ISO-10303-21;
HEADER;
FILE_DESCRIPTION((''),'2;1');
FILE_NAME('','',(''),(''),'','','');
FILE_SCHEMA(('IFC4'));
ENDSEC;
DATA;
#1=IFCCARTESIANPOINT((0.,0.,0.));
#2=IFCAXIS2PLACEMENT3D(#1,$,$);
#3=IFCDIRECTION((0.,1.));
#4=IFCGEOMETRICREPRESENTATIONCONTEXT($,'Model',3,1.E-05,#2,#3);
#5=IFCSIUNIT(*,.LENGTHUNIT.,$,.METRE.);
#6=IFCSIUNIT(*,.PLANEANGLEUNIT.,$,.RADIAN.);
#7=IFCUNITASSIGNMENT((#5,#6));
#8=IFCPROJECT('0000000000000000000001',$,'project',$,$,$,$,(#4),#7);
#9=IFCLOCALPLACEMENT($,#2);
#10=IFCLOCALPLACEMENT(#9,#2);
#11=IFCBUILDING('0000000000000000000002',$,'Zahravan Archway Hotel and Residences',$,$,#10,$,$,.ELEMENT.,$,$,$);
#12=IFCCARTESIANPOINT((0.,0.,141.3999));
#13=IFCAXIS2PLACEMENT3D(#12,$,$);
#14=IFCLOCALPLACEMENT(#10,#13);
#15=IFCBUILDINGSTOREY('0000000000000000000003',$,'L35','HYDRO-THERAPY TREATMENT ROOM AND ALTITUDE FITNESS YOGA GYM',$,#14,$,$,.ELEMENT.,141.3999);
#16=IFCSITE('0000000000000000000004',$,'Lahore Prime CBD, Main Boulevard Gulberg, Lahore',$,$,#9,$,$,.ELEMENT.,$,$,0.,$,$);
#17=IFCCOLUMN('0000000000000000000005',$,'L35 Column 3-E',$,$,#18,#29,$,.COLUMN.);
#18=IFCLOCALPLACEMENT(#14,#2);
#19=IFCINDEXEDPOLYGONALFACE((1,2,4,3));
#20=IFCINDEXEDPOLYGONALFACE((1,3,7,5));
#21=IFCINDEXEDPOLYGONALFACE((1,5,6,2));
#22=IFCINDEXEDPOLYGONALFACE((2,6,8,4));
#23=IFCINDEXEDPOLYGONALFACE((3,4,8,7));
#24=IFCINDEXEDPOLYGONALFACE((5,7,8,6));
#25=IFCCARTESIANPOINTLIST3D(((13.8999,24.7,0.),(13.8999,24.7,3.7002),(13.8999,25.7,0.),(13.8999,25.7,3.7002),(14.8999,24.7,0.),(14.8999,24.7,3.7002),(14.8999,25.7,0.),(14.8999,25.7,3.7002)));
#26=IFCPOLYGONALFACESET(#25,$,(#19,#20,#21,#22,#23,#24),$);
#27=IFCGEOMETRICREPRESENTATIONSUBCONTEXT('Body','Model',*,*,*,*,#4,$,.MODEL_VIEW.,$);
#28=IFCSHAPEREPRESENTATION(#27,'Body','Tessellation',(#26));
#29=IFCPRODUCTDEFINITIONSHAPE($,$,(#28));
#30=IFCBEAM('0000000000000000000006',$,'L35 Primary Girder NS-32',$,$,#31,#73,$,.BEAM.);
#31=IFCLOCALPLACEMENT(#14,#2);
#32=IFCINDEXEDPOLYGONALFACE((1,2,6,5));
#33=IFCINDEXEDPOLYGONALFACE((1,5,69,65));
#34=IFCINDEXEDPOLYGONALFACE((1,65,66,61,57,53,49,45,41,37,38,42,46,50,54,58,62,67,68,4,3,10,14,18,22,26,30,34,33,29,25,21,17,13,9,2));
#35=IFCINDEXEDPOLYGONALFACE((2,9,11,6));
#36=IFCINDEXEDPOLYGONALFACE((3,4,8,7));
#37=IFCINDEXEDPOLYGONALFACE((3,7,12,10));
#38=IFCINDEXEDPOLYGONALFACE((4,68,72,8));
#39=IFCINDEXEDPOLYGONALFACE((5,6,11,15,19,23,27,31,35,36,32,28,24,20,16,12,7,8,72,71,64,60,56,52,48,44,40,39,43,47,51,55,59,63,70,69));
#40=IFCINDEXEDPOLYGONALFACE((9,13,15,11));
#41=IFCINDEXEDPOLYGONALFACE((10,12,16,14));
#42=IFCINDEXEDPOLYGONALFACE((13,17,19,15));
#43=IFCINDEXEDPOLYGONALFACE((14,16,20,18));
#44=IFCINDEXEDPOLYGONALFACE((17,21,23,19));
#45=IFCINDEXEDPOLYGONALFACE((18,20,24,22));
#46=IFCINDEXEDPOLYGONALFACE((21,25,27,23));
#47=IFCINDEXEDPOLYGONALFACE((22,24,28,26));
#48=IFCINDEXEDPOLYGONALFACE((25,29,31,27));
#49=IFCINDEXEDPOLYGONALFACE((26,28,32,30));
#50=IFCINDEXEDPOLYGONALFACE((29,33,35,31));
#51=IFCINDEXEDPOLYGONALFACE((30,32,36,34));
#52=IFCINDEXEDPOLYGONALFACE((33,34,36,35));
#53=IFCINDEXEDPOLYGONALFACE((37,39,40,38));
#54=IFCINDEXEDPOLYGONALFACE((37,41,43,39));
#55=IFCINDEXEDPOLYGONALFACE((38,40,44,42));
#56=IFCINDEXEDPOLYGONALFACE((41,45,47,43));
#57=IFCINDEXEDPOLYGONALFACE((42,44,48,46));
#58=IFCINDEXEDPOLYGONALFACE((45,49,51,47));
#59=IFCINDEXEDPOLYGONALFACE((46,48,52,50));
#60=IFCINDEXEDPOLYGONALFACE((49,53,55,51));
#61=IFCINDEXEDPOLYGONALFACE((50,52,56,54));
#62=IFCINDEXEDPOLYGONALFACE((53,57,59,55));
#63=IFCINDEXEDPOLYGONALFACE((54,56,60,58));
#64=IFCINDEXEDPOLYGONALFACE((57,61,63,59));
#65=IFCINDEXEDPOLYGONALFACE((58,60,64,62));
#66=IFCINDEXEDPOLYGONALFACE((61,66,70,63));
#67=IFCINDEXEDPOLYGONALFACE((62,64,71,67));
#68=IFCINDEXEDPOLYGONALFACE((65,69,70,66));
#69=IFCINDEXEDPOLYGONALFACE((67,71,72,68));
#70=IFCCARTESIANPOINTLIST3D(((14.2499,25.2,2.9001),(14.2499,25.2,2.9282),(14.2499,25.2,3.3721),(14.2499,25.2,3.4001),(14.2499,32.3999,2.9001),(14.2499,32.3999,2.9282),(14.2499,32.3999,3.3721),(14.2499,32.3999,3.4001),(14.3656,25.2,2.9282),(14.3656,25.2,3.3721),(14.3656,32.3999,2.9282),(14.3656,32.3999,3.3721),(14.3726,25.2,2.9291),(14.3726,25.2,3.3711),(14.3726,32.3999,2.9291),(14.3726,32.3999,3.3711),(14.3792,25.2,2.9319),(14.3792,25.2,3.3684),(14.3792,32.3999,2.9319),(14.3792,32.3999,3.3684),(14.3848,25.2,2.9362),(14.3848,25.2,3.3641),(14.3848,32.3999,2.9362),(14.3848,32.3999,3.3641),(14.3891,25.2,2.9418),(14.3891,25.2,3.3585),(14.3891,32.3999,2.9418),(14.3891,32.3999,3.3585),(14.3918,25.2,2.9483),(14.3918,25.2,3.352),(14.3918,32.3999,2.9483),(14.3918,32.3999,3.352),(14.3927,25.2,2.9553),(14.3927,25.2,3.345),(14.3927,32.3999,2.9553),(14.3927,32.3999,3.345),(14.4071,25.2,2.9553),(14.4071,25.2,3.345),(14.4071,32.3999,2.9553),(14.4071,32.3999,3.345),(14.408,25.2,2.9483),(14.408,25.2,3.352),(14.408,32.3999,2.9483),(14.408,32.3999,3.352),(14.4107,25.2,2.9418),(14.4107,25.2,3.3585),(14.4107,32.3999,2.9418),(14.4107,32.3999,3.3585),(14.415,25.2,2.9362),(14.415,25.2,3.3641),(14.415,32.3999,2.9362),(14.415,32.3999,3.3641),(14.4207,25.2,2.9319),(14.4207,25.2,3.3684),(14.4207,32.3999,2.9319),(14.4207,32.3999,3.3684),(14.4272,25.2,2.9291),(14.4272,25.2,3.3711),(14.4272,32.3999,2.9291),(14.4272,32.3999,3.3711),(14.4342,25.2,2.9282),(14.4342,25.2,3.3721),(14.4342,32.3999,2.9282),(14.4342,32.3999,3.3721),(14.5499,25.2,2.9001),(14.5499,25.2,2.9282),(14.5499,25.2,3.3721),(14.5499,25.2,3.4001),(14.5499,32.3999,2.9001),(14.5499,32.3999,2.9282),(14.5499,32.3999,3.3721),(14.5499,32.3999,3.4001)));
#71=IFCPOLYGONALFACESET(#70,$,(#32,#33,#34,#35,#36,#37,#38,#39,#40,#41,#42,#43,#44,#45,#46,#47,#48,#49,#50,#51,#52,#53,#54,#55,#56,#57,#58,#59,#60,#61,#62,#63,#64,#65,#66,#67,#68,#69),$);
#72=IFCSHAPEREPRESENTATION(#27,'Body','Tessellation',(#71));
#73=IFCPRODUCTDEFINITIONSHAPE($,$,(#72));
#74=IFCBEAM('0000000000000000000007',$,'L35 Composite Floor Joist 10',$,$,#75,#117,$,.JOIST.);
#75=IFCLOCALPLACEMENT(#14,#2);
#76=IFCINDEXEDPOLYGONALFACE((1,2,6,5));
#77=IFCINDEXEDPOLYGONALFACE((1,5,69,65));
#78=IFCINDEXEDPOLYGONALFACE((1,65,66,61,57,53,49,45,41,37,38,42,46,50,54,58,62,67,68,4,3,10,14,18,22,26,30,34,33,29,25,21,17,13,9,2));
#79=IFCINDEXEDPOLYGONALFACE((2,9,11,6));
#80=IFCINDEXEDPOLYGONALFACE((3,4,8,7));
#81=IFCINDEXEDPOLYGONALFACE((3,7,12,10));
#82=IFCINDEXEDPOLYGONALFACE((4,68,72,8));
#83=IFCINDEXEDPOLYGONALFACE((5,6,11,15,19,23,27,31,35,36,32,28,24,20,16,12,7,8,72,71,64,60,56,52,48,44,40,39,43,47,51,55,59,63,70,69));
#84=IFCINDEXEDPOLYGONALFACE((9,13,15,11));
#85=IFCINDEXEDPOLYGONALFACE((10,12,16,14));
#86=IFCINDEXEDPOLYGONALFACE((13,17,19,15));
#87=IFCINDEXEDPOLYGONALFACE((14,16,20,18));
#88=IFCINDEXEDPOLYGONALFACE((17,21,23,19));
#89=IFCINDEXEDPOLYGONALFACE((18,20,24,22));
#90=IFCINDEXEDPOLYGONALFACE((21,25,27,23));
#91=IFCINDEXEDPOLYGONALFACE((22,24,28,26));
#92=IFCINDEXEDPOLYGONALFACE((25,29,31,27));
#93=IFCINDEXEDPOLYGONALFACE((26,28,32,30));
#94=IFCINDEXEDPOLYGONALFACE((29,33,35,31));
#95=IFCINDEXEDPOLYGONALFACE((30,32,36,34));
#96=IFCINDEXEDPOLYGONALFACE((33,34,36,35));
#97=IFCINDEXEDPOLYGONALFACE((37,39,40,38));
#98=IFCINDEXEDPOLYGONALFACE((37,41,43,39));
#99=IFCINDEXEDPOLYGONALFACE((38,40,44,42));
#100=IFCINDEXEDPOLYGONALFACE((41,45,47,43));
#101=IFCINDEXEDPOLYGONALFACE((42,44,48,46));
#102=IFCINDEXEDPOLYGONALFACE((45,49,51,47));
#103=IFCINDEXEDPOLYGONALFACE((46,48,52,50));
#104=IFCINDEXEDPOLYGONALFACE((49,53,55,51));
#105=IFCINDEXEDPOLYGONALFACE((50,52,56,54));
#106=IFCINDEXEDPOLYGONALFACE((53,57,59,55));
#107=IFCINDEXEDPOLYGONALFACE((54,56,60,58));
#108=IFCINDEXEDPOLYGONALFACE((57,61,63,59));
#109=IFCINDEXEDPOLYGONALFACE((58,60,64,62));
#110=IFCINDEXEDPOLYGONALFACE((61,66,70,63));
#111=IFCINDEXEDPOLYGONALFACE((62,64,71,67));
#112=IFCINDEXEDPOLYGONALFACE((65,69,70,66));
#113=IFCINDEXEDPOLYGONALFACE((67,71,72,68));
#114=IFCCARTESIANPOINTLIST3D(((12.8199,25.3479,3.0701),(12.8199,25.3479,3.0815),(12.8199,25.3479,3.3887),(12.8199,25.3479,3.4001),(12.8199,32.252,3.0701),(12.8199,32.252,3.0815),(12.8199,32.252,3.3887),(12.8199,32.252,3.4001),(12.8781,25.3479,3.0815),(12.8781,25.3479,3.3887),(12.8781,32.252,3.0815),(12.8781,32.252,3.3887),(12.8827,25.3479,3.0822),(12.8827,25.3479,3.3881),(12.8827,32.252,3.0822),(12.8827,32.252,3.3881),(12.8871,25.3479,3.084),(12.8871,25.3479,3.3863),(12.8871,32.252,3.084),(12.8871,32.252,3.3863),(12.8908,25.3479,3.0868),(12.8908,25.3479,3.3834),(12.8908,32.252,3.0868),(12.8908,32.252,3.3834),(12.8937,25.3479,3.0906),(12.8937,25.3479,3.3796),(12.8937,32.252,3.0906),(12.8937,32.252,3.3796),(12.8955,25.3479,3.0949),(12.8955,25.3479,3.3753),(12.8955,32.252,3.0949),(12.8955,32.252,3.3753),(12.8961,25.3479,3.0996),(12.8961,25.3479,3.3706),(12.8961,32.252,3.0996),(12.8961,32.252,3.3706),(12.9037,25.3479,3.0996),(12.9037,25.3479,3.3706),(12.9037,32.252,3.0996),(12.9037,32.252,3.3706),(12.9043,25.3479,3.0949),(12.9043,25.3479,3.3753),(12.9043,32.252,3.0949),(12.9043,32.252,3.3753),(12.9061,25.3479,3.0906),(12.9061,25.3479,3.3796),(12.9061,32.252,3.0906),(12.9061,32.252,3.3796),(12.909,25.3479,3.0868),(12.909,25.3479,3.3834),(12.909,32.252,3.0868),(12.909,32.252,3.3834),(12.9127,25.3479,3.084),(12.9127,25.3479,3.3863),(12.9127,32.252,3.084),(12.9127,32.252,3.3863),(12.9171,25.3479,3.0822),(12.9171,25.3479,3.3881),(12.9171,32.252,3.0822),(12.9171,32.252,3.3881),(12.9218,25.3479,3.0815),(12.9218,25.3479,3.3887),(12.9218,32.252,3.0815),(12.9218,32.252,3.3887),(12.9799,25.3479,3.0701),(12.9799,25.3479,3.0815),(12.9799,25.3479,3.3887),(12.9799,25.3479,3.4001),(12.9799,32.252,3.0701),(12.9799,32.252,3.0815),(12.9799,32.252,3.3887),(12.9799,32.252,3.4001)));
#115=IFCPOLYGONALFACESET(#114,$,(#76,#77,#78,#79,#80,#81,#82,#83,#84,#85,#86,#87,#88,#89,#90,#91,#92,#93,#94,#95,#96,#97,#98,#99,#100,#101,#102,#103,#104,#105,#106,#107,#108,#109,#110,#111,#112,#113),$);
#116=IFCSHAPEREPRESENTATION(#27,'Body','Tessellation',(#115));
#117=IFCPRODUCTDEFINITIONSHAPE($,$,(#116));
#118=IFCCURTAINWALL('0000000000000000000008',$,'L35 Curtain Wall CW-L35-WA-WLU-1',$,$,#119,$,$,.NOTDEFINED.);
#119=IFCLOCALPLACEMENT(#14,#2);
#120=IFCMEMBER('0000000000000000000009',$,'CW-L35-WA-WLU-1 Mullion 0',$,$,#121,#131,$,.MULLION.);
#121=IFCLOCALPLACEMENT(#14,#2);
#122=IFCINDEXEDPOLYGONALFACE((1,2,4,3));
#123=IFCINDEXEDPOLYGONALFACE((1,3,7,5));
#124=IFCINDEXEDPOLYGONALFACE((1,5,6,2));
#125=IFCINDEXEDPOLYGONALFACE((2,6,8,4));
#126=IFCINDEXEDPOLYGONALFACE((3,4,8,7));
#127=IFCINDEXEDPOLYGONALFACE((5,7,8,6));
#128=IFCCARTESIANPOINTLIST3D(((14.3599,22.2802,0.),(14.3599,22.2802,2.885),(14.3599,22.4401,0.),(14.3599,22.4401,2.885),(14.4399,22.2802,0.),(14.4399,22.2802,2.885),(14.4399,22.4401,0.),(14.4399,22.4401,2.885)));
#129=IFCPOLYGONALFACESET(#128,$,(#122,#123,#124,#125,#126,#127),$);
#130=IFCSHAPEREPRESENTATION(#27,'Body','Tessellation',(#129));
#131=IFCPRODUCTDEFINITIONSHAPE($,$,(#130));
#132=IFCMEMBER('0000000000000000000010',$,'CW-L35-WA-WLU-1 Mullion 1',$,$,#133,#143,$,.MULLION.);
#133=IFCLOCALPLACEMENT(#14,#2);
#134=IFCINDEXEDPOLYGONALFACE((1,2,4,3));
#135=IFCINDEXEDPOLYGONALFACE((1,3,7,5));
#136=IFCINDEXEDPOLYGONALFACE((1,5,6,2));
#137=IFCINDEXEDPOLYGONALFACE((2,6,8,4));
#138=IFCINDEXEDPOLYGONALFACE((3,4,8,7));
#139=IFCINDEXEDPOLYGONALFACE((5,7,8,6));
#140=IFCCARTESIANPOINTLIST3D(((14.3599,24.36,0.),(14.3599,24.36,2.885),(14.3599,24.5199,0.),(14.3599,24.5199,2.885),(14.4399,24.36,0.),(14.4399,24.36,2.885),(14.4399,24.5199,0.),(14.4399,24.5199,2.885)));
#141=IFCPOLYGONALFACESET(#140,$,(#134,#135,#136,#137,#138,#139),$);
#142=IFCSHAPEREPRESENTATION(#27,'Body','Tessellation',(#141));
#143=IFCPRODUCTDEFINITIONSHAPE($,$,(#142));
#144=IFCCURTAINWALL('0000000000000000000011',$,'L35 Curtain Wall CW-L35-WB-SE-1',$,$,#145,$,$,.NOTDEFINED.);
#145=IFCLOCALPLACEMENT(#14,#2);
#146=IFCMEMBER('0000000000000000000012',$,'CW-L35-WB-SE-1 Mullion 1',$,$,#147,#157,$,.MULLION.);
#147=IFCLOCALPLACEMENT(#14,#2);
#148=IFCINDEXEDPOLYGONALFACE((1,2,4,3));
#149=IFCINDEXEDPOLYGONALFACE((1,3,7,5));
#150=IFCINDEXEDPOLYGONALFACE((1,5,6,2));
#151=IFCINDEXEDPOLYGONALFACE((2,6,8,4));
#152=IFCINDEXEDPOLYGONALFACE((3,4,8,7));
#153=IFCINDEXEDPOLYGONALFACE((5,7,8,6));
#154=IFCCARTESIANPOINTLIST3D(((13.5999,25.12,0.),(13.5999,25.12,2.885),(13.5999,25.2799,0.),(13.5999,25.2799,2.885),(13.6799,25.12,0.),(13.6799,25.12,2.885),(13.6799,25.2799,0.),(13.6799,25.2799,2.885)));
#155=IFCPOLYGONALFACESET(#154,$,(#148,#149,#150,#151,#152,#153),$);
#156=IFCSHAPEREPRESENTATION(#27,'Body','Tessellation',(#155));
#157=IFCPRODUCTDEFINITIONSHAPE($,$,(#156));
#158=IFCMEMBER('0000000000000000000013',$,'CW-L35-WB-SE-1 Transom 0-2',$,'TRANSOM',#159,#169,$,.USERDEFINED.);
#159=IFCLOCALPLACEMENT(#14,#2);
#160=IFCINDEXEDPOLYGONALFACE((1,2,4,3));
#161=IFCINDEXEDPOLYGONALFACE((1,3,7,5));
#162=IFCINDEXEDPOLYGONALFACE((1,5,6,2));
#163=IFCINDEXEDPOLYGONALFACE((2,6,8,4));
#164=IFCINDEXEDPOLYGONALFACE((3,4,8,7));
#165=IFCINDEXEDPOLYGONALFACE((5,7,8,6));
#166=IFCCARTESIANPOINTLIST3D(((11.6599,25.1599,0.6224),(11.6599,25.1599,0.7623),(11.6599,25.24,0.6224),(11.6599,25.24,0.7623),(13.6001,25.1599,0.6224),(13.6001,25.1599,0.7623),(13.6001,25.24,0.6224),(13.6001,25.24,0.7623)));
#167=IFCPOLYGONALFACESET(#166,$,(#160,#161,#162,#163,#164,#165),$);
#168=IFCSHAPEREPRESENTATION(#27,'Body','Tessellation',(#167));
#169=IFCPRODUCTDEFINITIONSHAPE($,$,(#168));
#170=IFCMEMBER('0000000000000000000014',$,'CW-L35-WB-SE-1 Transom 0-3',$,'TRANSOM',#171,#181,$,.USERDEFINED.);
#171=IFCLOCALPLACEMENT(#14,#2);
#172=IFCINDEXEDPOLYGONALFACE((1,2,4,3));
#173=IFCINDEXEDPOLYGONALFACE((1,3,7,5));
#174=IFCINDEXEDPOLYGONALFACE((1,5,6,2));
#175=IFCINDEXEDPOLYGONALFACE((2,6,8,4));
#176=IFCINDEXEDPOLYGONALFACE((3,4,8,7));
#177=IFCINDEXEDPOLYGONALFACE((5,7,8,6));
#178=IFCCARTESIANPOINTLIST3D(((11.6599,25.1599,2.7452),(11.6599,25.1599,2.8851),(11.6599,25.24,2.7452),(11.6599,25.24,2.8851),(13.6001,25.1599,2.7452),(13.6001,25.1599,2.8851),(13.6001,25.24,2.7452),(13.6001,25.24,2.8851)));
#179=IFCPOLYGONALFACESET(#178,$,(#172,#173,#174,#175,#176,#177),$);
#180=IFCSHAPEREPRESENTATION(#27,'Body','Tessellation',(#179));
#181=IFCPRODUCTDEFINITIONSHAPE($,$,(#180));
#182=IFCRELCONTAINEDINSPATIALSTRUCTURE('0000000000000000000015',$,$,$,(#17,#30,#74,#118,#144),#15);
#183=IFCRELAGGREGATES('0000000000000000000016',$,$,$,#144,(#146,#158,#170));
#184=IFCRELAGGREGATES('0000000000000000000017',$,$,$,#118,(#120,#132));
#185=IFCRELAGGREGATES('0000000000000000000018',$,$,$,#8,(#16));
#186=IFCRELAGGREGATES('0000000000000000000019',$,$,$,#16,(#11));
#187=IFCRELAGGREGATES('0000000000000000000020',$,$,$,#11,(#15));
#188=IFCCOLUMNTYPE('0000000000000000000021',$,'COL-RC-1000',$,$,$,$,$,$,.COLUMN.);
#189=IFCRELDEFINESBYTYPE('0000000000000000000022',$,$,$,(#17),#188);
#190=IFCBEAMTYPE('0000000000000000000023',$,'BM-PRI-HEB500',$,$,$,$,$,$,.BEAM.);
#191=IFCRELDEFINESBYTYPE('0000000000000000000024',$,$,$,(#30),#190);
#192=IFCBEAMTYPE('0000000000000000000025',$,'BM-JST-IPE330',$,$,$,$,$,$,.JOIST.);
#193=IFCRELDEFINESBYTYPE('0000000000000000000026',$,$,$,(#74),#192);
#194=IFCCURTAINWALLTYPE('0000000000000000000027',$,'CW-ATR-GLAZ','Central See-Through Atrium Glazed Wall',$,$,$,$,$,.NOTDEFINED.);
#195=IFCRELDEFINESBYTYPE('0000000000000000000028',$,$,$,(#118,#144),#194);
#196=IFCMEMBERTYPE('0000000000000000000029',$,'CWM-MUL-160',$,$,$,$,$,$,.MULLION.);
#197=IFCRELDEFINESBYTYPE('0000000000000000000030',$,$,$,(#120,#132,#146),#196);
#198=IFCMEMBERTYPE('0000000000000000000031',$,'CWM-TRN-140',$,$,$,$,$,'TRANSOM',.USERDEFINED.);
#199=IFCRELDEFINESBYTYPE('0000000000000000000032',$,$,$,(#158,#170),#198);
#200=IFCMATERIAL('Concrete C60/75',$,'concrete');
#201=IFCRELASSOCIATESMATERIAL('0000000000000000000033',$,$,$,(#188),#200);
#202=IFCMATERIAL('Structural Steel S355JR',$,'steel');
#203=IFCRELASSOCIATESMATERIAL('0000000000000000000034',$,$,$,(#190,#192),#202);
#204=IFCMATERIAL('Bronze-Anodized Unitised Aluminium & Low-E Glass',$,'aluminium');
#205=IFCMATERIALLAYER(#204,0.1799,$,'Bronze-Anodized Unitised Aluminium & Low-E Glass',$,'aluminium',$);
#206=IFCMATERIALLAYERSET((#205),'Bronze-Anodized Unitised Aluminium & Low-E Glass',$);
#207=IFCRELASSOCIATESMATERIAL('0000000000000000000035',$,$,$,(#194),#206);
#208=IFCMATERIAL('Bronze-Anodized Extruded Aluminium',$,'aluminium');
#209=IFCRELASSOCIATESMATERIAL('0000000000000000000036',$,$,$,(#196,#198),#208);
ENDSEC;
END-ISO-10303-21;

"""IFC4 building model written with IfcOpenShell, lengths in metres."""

from ifc_helpers import new_model, si_unit, direction, frame, origin, origin_2d, place, context, subcontext, project, spatial, rectangle, i_section, extrude, source, transform, mapped, material, layer, layer_set, material_profile, profile_set, type_object, type_shapes, element, aggregate, save


model = new_model("IFC4")

# Units and contexts
model_context = context("Model", 3, precision=1e-05, world=origin(), true_north=direction((0.0, 1.0)))
body_context = subcontext(model_context, "Body", "Model", "MODEL_VIEW")
ifc_project = project(units=[si_unit("LENGTHUNIT", "METRE"), si_unit("PLANEANGLEUNIT", "RADIAN")], contexts=[model_context])

# Site, building, storey
site_placement = place(None, origin())
site = spatial("IfcSite", under=ifc_project, at=site_placement, Name="Lahore Prime CBD, Main Boulevard Gulberg, Lahore", CompositionType="ELEMENT", RefElevation=0.0)
building_placement = place(site_placement, origin())
building = spatial("IfcBuilding", under=site, at=building_placement, Name="Zahravan Archway Hotel and Residences", CompositionType="ELEMENT")
storey_placement = place(building_placement, frame((0.0, 0.0, 141.3999)))
storey = spatial("IfcBuildingStorey", under=building, at=storey_placement, Name="L35", Description="HYDRO-THERAPY TREATMENT ROOM AND ALTITUDE FITNESS YOGA GYM", CompositionType="ELEMENT", Elevation=141.3999)

# Column
ifc_material_1 = material(Name="Concrete C60/75", Category="concrete")
ifc_material_profile_1 = material_profile(ifc_material_1, rectangle(XDim=1.0, YDim=1.0, at=origin_2d()), Name="RC-COL-1000x1000", Category="concrete")
ifc_profile_set_1 = profile_set([ifc_material_profile_1], Name="Concrete C60/75")
column_type = type_object("IfcColumnType", Name="COL-RC-1000", PredefinedType="COLUMN", material=ifc_profile_set_1)
shared_shape_1 = source(origin(), body_context, "Body", "SweptSolid", [
    extrude(rectangle(XDim=1.0, YDim=1.0, at=origin_2d()), origin(), (0.0, 0.0, 1.0), 3.7002),
])
column_placement = place(storey_placement, frame((14.3999, 25.2, 0.0), z_axis=(0.0, 0.0, 1.0), x_axis=(1.0, 0.0, 0.0)))
element("IfcColumn", 1, at=column_placement, inside=storey, type_object=column_type, Name="L35 Column 3-E", PredefinedType="COLUMN", context=body_context, shape_type="MappedRepresentation", body=[
    mapped(shared_shape_1, transform((0.0, 0.0, 0.0), scale=1.0)),
])

# Beams
ifc_material_2 = material(Name="Structural Steel S355JR", Category="steel")
ifc_material_profile_2 = material_profile(ifc_material_2, i_section(OverallWidth=0.3, OverallDepth=0.5, WebThickness=0.0144, FlangeThickness=0.0281, FilletRadius=0.0271, at=origin_2d()), Name="HEB 500", Category="steel")
ifc_profile_set_2 = profile_set([ifc_material_profile_2], Name="Structural Steel S355JR")
beam_type_1 = type_object("IfcBeamType", Name="BM-PRI-HEB500", PredefinedType="BEAM", material=ifc_profile_set_2)
shared_shape_2 = source(origin(), body_context, "Body", "SweptSolid", [
    extrude(i_section(OverallWidth=0.3, OverallDepth=0.5, WebThickness=0.0144, FlangeThickness=0.0281, FilletRadius=0.0271, at=origin_2d()), origin(), (0.0, 0.0, 1.0), 7.2),
])
beam_1_placement = place(storey_placement, frame((14.3999, 25.2, 3.1501), z_axis=(0.0, 1.0, 0.0), x_axis=(-1.0, 0.0, 0.0)))
element("IfcBeam", 2, at=beam_1_placement, inside=storey, type_object=beam_type_1, Name="L35 Primary Girder NS-32", PredefinedType="BEAM", context=body_context, shape_type="MappedRepresentation", body=[
    mapped(shared_shape_2, transform((0.0, 0.0, 0.0), scale=1.0)),
])
ifc_material_profile_3 = material_profile(ifc_material_2, i_section(OverallWidth=0.1599, OverallDepth=0.3301, WebThickness=0.0076, FlangeThickness=0.0115, FilletRadius=0.0181, at=origin_2d()), Name="IPE 330", Category="steel")
ifc_profile_set_3 = profile_set([ifc_material_profile_3], Name="Structural Steel S355JR")
beam_type_2 = type_object("IfcBeamType", Name="BM-JST-IPE330", PredefinedType="JOIST", material=ifc_profile_set_3)
shared_shape_3 = source(origin(), body_context, "Body", "SweptSolid", [
    extrude(i_section(OverallWidth=0.1599, OverallDepth=0.3301, WebThickness=0.0076, FlangeThickness=0.0115, FilletRadius=0.0181, at=origin_2d()), origin(), (0.0, 0.0, 1.0), 6.9041),
])
type_shapes(beam_type_2, [shared_shape_3])
beam_2_placement = place(storey_placement, frame((12.8999, 25.3479, 3.2351), z_axis=(0.0, 1.0, 0.0), x_axis=(-1.0, 0.0, 0.0)))
element("IfcBeam", 3, at=beam_2_placement, inside=storey, type_object=beam_type_2, Name="L35 Composite Floor Joist 10", PredefinedType="JOIST", context=body_context, shape_type="MappedRepresentation", body=[
    mapped(shared_shape_3, transform((0.0, 0.0, 0.0), scale=1.0)),
])

# Curtain walls, members
ifc_material_3 = material(Name="Bronze-Anodized Unitised Aluminium & Low-E Glass", Category="aluminium")
ifc_layer_1 = layer(ifc_material_3, 0.1799, Name="Bronze-Anodized Unitised Aluminium & Low-E Glass", Category="aluminium")
ifc_layer_set_1 = layer_set([ifc_layer_1], Name="Bronze-Anodized Unitised Aluminium & Low-E Glass")
curtain_wall_type = type_object("IfcCurtainWallType", Name="CW-ATR-GLAZ", Description="Central See-Through Atrium Glazed Wall", PredefinedType="NOTDEFINED", material=ifc_layer_set_1)
curtain_wall_1_placement = place(storey_placement, origin())
curtain_wall_1 = element("IfcCurtainWall", 4, at=curtain_wall_1_placement, inside=storey, type_object=curtain_wall_type, Name="L35 Curtain Wall CW-L35-WA-WLU-1", PredefinedType="NOTDEFINED")
ifc_material_4 = material(Name="Bronze-Anodized Extruded Aluminium", Category="aluminium")
ifc_material_profile_4 = material_profile(ifc_material_4, rectangle(XDim=0.0801, YDim=0.1599, at=origin_2d()), Name="MUL 80x160", Category="aluminium")
ifc_profile_set_4 = profile_set([ifc_material_profile_4], Name="Bronze-Anodized Extruded Aluminium")
member_type_1 = type_object("IfcMemberType", Name="CWM-MUL-160", PredefinedType="MULLION", material=ifc_profile_set_4)
shared_shape_4 = source(origin(), body_context, "Body", "SweptSolid", [
    extrude(rectangle(XDim=0.0801, YDim=0.1599, at=origin_2d()), origin(), (0.0, 0.0, 1.0), 2.885),
])
member_1_placement = place(storey_placement, frame((14.3999, 22.3601, 0.0), z_axis=(0.0, 0.0, 1.0), x_axis=(1.0, 0.0, 0.0)))
member_1 = element("IfcMember", 5, at=member_1_placement, type_object=member_type_1, Name="CW-L35-WA-WLU-1 Mullion 0", PredefinedType="MULLION", context=body_context, shape_type="MappedRepresentation", body=[
    mapped(shared_shape_4, transform((0.0, 0.0, 0.0), scale=1.0)),
])
member_2_placement = place(storey_placement, frame((14.3999, 24.4399, 0.0), z_axis=(0.0, 0.0, 1.0), x_axis=(1.0, 0.0, 0.0)))
member_2 = element("IfcMember", 6, at=member_2_placement, type_object=member_type_1, Name="CW-L35-WA-WLU-1 Mullion 1", PredefinedType="MULLION", context=body_context, shape_type="MappedRepresentation", body=[
    mapped(shared_shape_4, transform((0.0, 0.0, 0.0), scale=1.0)),
])
curtain_wall_2_placement = place(storey_placement, origin())
curtain_wall_2 = element("IfcCurtainWall", 7, at=curtain_wall_2_placement, inside=storey, type_object=curtain_wall_type, Name="L35 Curtain Wall CW-L35-WB-SE-1", PredefinedType="NOTDEFINED")
member_3_placement = place(storey_placement, frame((13.6399, 25.2, 0.0), z_axis=(0.0, 0.0, 1.0), x_axis=(1.0, 0.0, 0.0)))
member_3 = element("IfcMember", 8, at=member_3_placement, type_object=member_type_1, Name="CW-L35-WB-SE-1 Mullion 1", PredefinedType="MULLION", context=body_context, shape_type="MappedRepresentation", body=[
    mapped(shared_shape_4, transform((0.0, 0.0, 0.0), scale=1.0)),
])
ifc_material_profile_5 = material_profile(ifc_material_4, rectangle(XDim=0.0801, YDim=0.1399, at=origin_2d()), Name="TRN 80x140", Category="aluminium")
ifc_profile_set_5 = profile_set([ifc_material_profile_5], Name="Bronze-Anodized Extruded Aluminium")
member_type_2 = type_object("IfcMemberType", Name="CWM-TRN-140", ElementType="TRANSOM", PredefinedType="USERDEFINED", material=ifc_profile_set_5)
shared_shape_5 = source(origin(), body_context, "Body", "SweptSolid", [
    extrude(rectangle(XDim=0.0801, YDim=0.1399, at=origin_2d()), origin(), (0.0, 0.0, 1.0), 1.9402),
])
member_4_placement = place(storey_placement, frame((11.6599, 25.2, 0.6924), z_axis=(1.0, 0.0, 0.0), x_axis=(0.0, 1.0, 0.0)))
member_4 = element("IfcMember", 9, at=member_4_placement, type_object=member_type_2, Name="CW-L35-WB-SE-1 Transom 0-2", ObjectType="TRANSOM", PredefinedType="USERDEFINED", context=body_context, shape_type="MappedRepresentation", body=[
    mapped(shared_shape_5, transform((0.0, 0.0, 0.0), scale=1.0)),
])
member_5_placement = place(storey_placement, frame((11.6599, 25.2, 2.8152), z_axis=(1.0, 0.0, 0.0), x_axis=(0.0, 1.0, 0.0)))
member_5 = element("IfcMember", 10, at=member_5_placement, type_object=member_type_2, Name="CW-L35-WB-SE-1 Transom 0-3", ObjectType="TRANSOM", PredefinedType="USERDEFINED", context=body_context, shape_type="MappedRepresentation", body=[
    mapped(shared_shape_5, transform((0.0, 0.0, 0.0), scale=1.0)),
])

aggregate(curtain_wall_2, [member_3, member_4, member_5])
aggregate(curtain_wall_1, [member_1, member_2])

save(model, "model.ifc")
